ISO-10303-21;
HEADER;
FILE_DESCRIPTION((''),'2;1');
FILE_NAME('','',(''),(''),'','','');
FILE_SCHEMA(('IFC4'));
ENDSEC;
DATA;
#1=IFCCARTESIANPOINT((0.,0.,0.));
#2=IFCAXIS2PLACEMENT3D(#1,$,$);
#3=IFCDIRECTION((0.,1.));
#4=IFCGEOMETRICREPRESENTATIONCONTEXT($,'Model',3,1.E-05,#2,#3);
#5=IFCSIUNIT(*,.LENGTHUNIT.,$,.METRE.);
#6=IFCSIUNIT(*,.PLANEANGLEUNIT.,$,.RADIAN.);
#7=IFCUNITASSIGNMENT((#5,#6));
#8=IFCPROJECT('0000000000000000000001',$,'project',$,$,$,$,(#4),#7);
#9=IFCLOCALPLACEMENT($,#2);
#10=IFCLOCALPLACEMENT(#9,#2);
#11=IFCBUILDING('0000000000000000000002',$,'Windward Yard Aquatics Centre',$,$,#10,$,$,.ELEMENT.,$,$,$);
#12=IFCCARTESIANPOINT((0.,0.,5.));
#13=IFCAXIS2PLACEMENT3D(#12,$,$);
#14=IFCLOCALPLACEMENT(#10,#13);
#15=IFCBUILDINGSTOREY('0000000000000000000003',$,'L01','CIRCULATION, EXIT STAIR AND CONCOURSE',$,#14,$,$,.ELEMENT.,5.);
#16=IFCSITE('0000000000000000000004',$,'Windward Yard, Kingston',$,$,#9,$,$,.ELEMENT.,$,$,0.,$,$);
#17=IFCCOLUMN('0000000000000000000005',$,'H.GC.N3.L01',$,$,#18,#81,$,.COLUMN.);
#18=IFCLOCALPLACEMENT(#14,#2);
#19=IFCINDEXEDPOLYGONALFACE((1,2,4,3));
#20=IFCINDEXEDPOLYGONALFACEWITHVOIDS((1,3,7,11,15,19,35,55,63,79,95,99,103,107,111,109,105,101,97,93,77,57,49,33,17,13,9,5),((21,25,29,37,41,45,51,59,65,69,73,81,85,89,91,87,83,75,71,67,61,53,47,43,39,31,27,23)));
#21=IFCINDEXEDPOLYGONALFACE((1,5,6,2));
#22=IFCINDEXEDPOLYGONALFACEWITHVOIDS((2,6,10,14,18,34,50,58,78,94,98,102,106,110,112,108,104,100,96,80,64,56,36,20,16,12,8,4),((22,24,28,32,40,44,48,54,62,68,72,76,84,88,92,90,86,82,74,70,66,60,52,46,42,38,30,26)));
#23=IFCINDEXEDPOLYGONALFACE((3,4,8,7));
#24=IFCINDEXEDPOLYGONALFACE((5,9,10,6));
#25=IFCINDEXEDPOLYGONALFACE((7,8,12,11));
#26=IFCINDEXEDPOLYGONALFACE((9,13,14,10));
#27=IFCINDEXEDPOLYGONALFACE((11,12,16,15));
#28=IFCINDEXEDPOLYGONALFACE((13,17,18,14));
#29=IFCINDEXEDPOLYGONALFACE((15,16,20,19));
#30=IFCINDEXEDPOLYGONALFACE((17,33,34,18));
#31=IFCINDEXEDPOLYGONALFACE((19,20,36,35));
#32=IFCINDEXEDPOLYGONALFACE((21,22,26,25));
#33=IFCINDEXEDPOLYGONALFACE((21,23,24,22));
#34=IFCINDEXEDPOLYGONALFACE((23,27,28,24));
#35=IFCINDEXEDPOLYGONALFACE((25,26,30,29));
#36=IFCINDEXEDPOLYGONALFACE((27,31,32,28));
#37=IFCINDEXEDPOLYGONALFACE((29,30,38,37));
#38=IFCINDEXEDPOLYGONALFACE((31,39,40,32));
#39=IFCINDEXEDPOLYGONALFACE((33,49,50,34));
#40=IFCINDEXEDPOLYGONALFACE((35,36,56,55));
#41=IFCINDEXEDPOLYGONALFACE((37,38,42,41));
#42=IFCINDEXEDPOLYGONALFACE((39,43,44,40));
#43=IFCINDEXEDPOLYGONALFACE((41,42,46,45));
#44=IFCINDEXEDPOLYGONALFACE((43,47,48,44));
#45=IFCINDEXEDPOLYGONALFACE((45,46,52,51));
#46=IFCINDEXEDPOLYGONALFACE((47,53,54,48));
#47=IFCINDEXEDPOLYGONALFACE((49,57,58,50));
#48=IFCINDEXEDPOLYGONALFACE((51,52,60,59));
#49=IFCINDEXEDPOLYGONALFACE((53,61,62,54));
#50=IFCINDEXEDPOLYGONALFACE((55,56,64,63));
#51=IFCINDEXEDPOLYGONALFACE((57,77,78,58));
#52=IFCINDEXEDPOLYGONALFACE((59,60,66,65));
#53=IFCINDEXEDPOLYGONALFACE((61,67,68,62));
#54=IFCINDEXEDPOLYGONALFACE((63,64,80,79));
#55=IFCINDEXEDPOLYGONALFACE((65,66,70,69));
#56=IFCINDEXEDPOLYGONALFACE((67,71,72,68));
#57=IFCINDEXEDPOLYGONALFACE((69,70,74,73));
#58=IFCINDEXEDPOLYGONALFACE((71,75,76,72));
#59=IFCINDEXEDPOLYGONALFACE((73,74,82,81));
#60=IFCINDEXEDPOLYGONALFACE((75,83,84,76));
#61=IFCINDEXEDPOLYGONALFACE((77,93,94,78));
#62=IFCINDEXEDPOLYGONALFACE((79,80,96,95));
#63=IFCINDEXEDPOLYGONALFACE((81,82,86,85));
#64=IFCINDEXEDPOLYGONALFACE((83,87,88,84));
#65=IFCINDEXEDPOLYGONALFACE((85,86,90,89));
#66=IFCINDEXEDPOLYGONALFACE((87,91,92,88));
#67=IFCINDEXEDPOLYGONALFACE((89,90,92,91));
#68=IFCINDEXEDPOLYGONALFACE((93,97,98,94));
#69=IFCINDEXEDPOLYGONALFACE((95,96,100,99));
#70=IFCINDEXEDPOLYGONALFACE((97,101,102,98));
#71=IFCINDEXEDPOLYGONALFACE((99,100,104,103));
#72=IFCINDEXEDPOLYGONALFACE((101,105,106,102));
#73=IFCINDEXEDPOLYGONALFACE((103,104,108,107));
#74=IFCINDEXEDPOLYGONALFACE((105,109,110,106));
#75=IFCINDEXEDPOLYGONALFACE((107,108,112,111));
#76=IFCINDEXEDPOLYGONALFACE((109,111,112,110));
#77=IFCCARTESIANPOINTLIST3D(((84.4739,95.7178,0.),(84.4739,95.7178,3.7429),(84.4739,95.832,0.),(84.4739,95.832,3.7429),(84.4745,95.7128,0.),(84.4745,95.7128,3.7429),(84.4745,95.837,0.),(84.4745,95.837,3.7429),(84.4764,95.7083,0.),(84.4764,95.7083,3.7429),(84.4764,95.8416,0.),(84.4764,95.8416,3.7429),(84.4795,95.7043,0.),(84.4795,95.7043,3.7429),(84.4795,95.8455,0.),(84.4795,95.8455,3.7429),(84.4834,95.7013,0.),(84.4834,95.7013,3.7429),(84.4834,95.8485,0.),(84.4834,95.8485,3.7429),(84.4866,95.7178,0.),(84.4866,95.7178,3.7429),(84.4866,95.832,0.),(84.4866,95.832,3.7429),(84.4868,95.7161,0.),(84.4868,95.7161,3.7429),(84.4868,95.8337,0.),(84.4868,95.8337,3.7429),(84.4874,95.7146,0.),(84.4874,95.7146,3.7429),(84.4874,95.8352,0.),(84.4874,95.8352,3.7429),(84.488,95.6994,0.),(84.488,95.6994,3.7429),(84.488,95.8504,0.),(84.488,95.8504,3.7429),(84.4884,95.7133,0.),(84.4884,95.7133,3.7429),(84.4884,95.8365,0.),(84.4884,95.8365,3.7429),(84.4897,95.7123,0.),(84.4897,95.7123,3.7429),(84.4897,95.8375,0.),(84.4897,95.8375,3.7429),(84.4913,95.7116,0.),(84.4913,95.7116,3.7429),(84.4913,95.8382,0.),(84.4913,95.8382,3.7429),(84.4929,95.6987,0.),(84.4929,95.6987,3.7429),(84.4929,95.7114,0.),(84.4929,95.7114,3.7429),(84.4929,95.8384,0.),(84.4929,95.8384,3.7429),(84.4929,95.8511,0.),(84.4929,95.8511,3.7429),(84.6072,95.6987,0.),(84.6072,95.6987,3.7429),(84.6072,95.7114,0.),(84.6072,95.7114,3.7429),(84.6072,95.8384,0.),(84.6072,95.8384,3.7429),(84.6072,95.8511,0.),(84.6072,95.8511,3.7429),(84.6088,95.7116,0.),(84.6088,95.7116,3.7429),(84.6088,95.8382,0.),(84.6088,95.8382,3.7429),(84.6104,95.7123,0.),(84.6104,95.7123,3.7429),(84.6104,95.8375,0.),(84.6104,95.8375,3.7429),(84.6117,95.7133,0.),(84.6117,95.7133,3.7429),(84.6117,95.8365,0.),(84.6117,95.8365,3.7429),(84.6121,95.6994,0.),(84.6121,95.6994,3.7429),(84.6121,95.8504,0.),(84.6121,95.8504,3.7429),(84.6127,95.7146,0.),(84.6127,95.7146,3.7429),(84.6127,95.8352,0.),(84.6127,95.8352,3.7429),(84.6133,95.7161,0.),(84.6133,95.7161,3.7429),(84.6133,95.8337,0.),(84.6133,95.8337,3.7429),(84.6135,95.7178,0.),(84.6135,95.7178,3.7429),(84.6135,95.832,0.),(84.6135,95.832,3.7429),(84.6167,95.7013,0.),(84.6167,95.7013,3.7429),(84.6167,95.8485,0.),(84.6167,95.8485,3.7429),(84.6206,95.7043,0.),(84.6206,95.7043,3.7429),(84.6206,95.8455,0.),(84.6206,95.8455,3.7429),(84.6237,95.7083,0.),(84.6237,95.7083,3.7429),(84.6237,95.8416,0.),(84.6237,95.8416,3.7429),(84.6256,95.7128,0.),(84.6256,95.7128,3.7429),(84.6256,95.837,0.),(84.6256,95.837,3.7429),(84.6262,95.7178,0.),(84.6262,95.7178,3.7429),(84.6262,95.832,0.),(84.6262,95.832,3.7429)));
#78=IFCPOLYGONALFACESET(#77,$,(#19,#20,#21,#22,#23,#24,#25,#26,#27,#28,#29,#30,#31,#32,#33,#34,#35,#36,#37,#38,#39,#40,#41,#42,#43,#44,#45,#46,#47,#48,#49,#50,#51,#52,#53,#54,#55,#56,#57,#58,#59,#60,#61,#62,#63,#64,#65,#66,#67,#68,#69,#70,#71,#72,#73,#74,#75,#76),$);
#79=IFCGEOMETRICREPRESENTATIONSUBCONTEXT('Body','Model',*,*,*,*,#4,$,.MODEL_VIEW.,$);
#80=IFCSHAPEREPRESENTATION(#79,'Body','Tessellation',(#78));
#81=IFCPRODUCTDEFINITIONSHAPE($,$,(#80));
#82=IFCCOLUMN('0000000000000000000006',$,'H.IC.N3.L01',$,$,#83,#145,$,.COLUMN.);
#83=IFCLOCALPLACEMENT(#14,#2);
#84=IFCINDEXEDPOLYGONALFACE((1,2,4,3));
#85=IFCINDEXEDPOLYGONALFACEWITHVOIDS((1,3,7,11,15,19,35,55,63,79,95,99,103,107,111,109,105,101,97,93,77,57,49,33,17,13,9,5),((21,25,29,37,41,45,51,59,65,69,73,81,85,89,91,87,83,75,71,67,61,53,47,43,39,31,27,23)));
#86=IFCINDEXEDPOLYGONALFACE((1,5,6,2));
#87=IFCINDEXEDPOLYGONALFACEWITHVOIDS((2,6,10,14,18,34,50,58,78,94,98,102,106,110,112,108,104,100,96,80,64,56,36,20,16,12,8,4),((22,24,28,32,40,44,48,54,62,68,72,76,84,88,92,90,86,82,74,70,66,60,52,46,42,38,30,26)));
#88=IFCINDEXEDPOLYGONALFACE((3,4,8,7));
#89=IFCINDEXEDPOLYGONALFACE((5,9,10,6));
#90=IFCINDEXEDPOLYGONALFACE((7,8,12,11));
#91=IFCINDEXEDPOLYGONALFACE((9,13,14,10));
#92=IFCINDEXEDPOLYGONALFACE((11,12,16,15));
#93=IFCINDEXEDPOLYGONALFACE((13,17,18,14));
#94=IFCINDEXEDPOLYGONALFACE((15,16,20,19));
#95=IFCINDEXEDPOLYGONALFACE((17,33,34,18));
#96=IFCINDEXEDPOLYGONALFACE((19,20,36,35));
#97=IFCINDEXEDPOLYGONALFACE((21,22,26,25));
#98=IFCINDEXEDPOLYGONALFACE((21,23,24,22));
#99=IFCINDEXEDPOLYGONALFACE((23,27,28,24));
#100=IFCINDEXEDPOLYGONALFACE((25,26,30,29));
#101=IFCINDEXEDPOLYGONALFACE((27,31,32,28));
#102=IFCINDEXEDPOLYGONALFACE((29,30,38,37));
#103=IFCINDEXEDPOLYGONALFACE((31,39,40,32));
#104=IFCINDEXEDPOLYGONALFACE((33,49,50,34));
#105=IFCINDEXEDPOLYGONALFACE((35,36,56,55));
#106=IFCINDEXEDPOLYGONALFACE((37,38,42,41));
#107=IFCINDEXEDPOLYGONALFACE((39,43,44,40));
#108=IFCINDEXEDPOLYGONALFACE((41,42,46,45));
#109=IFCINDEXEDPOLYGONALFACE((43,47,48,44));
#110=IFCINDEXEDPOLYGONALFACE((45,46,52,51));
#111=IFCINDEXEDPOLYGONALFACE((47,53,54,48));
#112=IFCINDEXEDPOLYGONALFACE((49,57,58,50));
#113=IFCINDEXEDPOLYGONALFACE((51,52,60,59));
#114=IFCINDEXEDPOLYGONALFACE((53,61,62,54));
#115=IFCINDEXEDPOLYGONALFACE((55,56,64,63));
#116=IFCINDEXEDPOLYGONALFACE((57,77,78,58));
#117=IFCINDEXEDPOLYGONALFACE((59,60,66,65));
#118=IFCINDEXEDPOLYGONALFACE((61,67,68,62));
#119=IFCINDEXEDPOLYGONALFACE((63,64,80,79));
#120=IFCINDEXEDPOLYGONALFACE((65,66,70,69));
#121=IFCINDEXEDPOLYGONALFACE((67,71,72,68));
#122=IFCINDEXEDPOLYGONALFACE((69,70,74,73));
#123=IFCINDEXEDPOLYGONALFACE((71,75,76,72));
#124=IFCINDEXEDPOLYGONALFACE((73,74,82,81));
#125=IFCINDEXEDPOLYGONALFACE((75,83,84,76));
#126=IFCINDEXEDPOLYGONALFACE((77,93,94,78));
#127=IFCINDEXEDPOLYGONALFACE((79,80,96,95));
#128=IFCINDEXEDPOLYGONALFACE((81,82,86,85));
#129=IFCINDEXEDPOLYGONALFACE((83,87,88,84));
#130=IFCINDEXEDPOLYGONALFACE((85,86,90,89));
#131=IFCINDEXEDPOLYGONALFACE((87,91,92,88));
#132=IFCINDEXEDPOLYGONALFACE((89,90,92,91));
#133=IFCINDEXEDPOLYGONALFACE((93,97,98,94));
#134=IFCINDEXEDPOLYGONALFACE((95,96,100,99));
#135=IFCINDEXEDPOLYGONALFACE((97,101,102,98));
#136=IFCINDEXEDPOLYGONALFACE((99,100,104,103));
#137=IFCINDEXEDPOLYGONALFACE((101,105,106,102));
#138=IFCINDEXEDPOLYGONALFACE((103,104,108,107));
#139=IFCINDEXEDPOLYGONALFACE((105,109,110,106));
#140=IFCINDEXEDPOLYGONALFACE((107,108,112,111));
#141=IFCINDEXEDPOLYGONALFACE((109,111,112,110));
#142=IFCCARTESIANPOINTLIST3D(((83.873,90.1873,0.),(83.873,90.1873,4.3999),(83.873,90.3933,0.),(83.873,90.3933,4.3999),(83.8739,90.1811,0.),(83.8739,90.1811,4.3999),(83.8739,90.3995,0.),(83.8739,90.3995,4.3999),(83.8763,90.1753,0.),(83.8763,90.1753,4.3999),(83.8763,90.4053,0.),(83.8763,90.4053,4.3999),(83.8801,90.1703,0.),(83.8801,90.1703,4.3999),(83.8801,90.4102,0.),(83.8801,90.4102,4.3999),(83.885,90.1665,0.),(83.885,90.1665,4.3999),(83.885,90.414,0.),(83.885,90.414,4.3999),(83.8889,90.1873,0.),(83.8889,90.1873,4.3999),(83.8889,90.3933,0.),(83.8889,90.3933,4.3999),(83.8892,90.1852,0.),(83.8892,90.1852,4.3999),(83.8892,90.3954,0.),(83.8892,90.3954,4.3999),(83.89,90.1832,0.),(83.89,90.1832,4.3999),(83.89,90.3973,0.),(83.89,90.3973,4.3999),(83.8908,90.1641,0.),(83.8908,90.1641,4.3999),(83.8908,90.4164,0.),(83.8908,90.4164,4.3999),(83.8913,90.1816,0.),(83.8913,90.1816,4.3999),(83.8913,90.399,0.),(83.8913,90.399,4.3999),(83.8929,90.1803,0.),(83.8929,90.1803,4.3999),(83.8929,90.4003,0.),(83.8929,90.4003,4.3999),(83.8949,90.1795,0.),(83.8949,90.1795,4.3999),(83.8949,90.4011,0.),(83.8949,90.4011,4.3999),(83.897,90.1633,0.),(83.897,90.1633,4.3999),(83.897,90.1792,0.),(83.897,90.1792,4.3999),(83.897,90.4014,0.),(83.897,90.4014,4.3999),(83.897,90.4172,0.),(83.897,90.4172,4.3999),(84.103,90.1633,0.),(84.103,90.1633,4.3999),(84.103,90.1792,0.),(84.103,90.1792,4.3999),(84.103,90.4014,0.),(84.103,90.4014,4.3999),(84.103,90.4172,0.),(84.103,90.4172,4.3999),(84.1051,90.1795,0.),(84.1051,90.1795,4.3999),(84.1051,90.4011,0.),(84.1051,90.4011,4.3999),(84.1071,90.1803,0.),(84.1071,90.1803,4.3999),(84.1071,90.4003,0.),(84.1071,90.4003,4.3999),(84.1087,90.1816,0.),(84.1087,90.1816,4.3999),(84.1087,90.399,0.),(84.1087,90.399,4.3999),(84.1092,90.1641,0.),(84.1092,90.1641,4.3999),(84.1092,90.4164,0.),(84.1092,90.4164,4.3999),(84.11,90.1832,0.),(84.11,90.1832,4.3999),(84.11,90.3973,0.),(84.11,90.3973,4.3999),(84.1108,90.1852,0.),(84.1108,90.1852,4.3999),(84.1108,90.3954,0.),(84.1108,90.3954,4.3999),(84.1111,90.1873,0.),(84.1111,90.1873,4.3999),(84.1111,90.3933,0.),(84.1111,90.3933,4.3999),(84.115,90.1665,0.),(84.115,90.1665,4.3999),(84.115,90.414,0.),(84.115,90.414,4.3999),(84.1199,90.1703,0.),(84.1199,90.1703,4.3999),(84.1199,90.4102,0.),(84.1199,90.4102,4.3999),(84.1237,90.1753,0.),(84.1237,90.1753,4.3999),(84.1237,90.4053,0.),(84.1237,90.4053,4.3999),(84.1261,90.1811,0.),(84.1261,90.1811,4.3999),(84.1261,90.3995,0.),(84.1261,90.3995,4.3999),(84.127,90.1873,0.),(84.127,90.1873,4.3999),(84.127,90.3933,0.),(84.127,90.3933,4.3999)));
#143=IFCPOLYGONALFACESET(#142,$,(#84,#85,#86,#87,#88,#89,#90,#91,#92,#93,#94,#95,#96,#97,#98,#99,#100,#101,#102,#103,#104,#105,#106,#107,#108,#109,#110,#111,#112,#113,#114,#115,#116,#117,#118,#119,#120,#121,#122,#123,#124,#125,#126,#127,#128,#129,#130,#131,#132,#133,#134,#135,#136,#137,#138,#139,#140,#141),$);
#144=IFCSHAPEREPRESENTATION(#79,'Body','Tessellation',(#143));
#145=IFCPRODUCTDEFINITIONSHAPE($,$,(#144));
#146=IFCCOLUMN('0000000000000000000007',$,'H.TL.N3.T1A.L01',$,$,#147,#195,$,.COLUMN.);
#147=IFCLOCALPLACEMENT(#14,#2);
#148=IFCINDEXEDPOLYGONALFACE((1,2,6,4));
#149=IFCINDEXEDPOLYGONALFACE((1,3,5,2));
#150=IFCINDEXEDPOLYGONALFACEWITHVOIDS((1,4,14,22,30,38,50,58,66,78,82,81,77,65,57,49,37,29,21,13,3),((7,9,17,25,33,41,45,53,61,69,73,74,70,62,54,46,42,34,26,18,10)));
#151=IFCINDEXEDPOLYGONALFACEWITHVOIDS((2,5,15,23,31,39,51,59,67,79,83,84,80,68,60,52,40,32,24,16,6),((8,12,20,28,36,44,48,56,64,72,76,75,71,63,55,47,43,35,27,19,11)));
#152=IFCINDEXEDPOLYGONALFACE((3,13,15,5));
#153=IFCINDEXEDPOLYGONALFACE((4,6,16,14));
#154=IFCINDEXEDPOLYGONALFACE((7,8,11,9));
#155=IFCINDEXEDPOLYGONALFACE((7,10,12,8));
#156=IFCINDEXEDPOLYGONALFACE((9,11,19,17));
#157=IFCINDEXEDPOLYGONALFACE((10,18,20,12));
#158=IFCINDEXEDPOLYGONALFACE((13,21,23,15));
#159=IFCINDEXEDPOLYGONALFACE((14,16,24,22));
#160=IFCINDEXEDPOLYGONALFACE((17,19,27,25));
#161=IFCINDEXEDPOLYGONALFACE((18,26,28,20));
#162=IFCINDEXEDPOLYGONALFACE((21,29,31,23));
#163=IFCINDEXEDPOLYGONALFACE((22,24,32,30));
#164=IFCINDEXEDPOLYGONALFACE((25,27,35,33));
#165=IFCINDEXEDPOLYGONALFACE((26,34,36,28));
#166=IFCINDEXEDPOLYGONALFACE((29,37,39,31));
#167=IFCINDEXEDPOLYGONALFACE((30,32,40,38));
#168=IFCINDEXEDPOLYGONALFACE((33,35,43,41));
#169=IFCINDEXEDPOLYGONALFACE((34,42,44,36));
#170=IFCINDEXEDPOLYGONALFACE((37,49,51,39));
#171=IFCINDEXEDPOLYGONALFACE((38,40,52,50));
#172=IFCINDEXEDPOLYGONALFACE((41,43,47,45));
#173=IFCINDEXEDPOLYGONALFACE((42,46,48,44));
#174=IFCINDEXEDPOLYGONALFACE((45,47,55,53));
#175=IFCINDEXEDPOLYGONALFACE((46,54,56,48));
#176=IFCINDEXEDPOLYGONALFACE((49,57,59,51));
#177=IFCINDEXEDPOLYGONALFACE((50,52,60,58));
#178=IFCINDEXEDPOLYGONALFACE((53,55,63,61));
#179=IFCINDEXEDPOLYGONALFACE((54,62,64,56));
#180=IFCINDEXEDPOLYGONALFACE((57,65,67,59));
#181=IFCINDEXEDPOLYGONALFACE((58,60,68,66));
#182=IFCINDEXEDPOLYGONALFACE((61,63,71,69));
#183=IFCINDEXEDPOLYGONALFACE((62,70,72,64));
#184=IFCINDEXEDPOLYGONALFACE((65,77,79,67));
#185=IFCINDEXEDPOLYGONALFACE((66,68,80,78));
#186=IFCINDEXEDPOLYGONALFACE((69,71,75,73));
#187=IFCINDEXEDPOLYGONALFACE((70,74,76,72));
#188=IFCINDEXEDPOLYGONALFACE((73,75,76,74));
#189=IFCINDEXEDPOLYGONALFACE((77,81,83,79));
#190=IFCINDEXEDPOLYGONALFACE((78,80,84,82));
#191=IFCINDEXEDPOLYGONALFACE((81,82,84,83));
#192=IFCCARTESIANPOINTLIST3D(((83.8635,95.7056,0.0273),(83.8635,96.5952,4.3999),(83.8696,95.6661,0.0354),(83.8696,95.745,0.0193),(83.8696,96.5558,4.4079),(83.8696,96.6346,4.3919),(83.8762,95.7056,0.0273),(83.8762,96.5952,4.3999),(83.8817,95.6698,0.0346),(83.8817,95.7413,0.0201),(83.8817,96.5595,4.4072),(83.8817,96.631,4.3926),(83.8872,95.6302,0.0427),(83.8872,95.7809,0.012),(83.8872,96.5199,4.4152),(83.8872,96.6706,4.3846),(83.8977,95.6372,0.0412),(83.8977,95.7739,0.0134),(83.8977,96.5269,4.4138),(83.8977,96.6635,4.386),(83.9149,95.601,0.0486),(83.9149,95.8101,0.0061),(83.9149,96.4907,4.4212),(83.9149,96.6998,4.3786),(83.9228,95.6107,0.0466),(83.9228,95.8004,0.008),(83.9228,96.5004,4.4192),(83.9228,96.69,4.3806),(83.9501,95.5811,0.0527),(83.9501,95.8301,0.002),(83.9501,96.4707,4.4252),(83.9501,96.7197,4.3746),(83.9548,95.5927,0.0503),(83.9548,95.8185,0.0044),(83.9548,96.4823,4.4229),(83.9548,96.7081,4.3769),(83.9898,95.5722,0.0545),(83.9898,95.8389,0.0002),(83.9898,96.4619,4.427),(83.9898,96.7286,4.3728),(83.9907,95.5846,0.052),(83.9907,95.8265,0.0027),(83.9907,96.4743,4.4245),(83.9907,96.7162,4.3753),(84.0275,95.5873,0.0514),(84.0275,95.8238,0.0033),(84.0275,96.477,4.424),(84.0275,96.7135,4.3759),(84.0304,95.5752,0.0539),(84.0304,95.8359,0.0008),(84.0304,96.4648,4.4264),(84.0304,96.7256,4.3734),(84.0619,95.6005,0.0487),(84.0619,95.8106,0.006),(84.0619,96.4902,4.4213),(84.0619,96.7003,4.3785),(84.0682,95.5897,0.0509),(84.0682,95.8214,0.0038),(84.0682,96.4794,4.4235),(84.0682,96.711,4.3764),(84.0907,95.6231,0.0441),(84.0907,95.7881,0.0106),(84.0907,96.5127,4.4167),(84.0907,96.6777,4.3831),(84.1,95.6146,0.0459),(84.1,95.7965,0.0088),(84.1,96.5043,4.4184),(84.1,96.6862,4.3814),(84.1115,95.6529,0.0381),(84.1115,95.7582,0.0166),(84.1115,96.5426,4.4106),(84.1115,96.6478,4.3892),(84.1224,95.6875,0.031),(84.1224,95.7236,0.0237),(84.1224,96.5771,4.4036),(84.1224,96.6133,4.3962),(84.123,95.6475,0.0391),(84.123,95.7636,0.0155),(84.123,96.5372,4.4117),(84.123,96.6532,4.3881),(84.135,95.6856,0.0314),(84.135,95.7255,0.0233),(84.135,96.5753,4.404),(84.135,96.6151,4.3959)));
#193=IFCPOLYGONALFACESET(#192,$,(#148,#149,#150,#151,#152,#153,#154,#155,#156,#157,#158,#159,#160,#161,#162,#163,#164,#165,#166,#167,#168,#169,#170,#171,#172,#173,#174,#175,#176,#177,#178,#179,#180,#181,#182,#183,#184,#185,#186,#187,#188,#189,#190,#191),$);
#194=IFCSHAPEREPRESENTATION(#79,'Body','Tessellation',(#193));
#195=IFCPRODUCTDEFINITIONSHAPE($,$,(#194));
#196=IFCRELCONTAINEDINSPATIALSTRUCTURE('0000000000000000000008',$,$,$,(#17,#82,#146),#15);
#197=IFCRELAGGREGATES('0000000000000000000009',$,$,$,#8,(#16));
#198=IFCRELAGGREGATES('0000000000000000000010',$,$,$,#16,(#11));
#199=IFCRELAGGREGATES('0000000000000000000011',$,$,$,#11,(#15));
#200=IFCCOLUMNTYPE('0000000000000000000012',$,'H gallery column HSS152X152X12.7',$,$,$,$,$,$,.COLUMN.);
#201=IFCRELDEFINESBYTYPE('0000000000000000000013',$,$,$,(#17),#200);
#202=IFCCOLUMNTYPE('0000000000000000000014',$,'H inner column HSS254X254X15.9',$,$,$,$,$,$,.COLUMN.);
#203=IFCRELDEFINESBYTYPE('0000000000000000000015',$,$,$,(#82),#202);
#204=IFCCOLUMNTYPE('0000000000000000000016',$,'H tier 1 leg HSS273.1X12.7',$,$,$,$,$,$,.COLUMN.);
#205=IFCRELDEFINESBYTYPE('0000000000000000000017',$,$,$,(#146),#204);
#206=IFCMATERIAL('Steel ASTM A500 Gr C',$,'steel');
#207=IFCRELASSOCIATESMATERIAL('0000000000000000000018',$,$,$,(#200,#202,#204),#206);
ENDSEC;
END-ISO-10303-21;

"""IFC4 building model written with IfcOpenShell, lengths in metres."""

from ifc_helpers import new_model, si_unit, direction, frame, origin, origin_2d, place, context, subcontext, project, spatial, hollow_rectangle, hollow_circle, extrude, material, material_profile, profile_set, type_object, element, save


model = new_model("IFC4")

# Units and contexts
model_context = context("Model", 3, precision=1e-05, world=origin(), true_north=direction((0.0, 1.0)))
body_context = subcontext(model_context, "Body", "Model", "MODEL_VIEW")
ifc_project = project(units=[si_unit("LENGTHUNIT", "METRE"), si_unit("PLANEANGLEUNIT", "RADIAN")], contexts=[model_context])

# Site, building, storey
site_placement = place(None, origin())
site = spatial("IfcSite", under=ifc_project, at=site_placement, Name="Windward Yard, Kingston", CompositionType="ELEMENT", RefElevation=0.0)
building_placement = place(site_placement, origin())
building = spatial("IfcBuilding", under=site, at=building_placement, Name="Windward Yard Aquatics Centre", CompositionType="ELEMENT")
storey_placement = place(building_placement, frame((0.0, 0.0, 5.0)))
storey = spatial("IfcBuildingStorey", under=building, at=storey_placement, Name="L01", Description="CIRCULATION, EXIT STAIR AND CONCOURSE", CompositionType="ELEMENT", Elevation=5.0)

# Columns
ifc_material_1 = material(Name="Steel ASTM A500 Gr C", Category="steel")
ifc_material_profile_1 = material_profile(ifc_material_1, hollow_rectangle(XDim=0.1523, YDim=0.1523, WallThickness=0.0127, InnerFilletRadius=0.0063, OuterFilletRadius=0.019, at=origin_2d()), Name="HSS152X152X12.7")
ifc_profile_set_1 = profile_set([ifc_material_profile_1], Name="Steel ASTM A500 Gr C")
column_type_1 = type_object("IfcColumnType", Name="H gallery column HSS152X152X12.7", PredefinedType="COLUMN", material=ifc_profile_set_1)
column_1_placement = place(storey_placement, frame((84.55, 95.7749, 0.0), z_axis=(0.0, 0.0, 1.0), x_axis=(1.0, 0.0, 0.0)))
element("IfcColumn", 1, at=column_1_placement, inside=storey, type_object=column_type_1, Name="H.GC.N3.L01", PredefinedType="COLUMN", context=body_context, shape_type="SweptSolid", body=[
    extrude(hollow_rectangle(XDim=0.1523, YDim=0.1523, WallThickness=0.0127, InnerFilletRadius=0.0063, OuterFilletRadius=0.019, at=origin_2d()), origin(), (0.0, 0.0, 1.0), 3.7429),
])
ifc_material_profile_2 = material_profile(ifc_material_1, hollow_rectangle(XDim=0.2539, YDim=0.2539, WallThickness=0.0159, InnerFilletRadius=0.0081, OuterFilletRadius=0.0239, at=origin_2d()), Name="HSS254X254X15.9")
ifc_profile_set_2 = profile_set([ifc_material_profile_2], Name="Steel ASTM A500 Gr C")
column_type_2 = type_object("IfcColumnType", Name="H inner column HSS254X254X15.9", PredefinedType="COLUMN", material=ifc_profile_set_2)
column_2_placement = place(storey_placement, frame((84.0, 90.2903, 0.0), z_axis=(0.0, 0.0, 1.0), x_axis=(1.0, 0.0, 0.0)))
element("IfcColumn", 2, at=column_2_placement, inside=storey, type_object=column_type_2, Name="H.IC.N3.L01", PredefinedType="COLUMN", context=body_context, shape_type="SweptSolid", body=[
    extrude(hollow_rectangle(XDim=0.2539, YDim=0.2539, WallThickness=0.0159, InnerFilletRadius=0.0081, OuterFilletRadius=0.0239, at=origin_2d()), origin(), (0.0, 0.0, 1.0), 4.3999),
])
ifc_material_profile_3 = material_profile(ifc_material_1, hollow_circle(Radius=0.1365, WallThickness=0.0127, at=origin_2d()), Name="HSS273.1X12.7")
ifc_profile_set_3 = profile_set([ifc_material_profile_3], Name="Steel ASTM A500 Gr C")
column_type_3 = type_object("IfcColumnType", Name="H tier 1 leg HSS273.1X12.7", PredefinedType="COLUMN", material=ifc_profile_set_3)
column_3_placement = place(storey_placement, frame((84.0, 95.7056, 0.0273), z_axis=(0.0, 0.199377, 0.979923), x_axis=(-1.0, 0.0, 0.0)))
element("IfcColumn", 3, at=column_3_placement, inside=storey, type_object=column_type_3, Name="H.TL.N3.T1A.L01", PredefinedType="COLUMN", context=body_context, shape_type="SweptSolid", body=[
    extrude(hollow_circle(Radius=0.1365, WallThickness=0.0127, at=origin_2d()), origin(), (0.0, 0.0, 1.0), 4.4622),
])

save(model, "model.ifc")
